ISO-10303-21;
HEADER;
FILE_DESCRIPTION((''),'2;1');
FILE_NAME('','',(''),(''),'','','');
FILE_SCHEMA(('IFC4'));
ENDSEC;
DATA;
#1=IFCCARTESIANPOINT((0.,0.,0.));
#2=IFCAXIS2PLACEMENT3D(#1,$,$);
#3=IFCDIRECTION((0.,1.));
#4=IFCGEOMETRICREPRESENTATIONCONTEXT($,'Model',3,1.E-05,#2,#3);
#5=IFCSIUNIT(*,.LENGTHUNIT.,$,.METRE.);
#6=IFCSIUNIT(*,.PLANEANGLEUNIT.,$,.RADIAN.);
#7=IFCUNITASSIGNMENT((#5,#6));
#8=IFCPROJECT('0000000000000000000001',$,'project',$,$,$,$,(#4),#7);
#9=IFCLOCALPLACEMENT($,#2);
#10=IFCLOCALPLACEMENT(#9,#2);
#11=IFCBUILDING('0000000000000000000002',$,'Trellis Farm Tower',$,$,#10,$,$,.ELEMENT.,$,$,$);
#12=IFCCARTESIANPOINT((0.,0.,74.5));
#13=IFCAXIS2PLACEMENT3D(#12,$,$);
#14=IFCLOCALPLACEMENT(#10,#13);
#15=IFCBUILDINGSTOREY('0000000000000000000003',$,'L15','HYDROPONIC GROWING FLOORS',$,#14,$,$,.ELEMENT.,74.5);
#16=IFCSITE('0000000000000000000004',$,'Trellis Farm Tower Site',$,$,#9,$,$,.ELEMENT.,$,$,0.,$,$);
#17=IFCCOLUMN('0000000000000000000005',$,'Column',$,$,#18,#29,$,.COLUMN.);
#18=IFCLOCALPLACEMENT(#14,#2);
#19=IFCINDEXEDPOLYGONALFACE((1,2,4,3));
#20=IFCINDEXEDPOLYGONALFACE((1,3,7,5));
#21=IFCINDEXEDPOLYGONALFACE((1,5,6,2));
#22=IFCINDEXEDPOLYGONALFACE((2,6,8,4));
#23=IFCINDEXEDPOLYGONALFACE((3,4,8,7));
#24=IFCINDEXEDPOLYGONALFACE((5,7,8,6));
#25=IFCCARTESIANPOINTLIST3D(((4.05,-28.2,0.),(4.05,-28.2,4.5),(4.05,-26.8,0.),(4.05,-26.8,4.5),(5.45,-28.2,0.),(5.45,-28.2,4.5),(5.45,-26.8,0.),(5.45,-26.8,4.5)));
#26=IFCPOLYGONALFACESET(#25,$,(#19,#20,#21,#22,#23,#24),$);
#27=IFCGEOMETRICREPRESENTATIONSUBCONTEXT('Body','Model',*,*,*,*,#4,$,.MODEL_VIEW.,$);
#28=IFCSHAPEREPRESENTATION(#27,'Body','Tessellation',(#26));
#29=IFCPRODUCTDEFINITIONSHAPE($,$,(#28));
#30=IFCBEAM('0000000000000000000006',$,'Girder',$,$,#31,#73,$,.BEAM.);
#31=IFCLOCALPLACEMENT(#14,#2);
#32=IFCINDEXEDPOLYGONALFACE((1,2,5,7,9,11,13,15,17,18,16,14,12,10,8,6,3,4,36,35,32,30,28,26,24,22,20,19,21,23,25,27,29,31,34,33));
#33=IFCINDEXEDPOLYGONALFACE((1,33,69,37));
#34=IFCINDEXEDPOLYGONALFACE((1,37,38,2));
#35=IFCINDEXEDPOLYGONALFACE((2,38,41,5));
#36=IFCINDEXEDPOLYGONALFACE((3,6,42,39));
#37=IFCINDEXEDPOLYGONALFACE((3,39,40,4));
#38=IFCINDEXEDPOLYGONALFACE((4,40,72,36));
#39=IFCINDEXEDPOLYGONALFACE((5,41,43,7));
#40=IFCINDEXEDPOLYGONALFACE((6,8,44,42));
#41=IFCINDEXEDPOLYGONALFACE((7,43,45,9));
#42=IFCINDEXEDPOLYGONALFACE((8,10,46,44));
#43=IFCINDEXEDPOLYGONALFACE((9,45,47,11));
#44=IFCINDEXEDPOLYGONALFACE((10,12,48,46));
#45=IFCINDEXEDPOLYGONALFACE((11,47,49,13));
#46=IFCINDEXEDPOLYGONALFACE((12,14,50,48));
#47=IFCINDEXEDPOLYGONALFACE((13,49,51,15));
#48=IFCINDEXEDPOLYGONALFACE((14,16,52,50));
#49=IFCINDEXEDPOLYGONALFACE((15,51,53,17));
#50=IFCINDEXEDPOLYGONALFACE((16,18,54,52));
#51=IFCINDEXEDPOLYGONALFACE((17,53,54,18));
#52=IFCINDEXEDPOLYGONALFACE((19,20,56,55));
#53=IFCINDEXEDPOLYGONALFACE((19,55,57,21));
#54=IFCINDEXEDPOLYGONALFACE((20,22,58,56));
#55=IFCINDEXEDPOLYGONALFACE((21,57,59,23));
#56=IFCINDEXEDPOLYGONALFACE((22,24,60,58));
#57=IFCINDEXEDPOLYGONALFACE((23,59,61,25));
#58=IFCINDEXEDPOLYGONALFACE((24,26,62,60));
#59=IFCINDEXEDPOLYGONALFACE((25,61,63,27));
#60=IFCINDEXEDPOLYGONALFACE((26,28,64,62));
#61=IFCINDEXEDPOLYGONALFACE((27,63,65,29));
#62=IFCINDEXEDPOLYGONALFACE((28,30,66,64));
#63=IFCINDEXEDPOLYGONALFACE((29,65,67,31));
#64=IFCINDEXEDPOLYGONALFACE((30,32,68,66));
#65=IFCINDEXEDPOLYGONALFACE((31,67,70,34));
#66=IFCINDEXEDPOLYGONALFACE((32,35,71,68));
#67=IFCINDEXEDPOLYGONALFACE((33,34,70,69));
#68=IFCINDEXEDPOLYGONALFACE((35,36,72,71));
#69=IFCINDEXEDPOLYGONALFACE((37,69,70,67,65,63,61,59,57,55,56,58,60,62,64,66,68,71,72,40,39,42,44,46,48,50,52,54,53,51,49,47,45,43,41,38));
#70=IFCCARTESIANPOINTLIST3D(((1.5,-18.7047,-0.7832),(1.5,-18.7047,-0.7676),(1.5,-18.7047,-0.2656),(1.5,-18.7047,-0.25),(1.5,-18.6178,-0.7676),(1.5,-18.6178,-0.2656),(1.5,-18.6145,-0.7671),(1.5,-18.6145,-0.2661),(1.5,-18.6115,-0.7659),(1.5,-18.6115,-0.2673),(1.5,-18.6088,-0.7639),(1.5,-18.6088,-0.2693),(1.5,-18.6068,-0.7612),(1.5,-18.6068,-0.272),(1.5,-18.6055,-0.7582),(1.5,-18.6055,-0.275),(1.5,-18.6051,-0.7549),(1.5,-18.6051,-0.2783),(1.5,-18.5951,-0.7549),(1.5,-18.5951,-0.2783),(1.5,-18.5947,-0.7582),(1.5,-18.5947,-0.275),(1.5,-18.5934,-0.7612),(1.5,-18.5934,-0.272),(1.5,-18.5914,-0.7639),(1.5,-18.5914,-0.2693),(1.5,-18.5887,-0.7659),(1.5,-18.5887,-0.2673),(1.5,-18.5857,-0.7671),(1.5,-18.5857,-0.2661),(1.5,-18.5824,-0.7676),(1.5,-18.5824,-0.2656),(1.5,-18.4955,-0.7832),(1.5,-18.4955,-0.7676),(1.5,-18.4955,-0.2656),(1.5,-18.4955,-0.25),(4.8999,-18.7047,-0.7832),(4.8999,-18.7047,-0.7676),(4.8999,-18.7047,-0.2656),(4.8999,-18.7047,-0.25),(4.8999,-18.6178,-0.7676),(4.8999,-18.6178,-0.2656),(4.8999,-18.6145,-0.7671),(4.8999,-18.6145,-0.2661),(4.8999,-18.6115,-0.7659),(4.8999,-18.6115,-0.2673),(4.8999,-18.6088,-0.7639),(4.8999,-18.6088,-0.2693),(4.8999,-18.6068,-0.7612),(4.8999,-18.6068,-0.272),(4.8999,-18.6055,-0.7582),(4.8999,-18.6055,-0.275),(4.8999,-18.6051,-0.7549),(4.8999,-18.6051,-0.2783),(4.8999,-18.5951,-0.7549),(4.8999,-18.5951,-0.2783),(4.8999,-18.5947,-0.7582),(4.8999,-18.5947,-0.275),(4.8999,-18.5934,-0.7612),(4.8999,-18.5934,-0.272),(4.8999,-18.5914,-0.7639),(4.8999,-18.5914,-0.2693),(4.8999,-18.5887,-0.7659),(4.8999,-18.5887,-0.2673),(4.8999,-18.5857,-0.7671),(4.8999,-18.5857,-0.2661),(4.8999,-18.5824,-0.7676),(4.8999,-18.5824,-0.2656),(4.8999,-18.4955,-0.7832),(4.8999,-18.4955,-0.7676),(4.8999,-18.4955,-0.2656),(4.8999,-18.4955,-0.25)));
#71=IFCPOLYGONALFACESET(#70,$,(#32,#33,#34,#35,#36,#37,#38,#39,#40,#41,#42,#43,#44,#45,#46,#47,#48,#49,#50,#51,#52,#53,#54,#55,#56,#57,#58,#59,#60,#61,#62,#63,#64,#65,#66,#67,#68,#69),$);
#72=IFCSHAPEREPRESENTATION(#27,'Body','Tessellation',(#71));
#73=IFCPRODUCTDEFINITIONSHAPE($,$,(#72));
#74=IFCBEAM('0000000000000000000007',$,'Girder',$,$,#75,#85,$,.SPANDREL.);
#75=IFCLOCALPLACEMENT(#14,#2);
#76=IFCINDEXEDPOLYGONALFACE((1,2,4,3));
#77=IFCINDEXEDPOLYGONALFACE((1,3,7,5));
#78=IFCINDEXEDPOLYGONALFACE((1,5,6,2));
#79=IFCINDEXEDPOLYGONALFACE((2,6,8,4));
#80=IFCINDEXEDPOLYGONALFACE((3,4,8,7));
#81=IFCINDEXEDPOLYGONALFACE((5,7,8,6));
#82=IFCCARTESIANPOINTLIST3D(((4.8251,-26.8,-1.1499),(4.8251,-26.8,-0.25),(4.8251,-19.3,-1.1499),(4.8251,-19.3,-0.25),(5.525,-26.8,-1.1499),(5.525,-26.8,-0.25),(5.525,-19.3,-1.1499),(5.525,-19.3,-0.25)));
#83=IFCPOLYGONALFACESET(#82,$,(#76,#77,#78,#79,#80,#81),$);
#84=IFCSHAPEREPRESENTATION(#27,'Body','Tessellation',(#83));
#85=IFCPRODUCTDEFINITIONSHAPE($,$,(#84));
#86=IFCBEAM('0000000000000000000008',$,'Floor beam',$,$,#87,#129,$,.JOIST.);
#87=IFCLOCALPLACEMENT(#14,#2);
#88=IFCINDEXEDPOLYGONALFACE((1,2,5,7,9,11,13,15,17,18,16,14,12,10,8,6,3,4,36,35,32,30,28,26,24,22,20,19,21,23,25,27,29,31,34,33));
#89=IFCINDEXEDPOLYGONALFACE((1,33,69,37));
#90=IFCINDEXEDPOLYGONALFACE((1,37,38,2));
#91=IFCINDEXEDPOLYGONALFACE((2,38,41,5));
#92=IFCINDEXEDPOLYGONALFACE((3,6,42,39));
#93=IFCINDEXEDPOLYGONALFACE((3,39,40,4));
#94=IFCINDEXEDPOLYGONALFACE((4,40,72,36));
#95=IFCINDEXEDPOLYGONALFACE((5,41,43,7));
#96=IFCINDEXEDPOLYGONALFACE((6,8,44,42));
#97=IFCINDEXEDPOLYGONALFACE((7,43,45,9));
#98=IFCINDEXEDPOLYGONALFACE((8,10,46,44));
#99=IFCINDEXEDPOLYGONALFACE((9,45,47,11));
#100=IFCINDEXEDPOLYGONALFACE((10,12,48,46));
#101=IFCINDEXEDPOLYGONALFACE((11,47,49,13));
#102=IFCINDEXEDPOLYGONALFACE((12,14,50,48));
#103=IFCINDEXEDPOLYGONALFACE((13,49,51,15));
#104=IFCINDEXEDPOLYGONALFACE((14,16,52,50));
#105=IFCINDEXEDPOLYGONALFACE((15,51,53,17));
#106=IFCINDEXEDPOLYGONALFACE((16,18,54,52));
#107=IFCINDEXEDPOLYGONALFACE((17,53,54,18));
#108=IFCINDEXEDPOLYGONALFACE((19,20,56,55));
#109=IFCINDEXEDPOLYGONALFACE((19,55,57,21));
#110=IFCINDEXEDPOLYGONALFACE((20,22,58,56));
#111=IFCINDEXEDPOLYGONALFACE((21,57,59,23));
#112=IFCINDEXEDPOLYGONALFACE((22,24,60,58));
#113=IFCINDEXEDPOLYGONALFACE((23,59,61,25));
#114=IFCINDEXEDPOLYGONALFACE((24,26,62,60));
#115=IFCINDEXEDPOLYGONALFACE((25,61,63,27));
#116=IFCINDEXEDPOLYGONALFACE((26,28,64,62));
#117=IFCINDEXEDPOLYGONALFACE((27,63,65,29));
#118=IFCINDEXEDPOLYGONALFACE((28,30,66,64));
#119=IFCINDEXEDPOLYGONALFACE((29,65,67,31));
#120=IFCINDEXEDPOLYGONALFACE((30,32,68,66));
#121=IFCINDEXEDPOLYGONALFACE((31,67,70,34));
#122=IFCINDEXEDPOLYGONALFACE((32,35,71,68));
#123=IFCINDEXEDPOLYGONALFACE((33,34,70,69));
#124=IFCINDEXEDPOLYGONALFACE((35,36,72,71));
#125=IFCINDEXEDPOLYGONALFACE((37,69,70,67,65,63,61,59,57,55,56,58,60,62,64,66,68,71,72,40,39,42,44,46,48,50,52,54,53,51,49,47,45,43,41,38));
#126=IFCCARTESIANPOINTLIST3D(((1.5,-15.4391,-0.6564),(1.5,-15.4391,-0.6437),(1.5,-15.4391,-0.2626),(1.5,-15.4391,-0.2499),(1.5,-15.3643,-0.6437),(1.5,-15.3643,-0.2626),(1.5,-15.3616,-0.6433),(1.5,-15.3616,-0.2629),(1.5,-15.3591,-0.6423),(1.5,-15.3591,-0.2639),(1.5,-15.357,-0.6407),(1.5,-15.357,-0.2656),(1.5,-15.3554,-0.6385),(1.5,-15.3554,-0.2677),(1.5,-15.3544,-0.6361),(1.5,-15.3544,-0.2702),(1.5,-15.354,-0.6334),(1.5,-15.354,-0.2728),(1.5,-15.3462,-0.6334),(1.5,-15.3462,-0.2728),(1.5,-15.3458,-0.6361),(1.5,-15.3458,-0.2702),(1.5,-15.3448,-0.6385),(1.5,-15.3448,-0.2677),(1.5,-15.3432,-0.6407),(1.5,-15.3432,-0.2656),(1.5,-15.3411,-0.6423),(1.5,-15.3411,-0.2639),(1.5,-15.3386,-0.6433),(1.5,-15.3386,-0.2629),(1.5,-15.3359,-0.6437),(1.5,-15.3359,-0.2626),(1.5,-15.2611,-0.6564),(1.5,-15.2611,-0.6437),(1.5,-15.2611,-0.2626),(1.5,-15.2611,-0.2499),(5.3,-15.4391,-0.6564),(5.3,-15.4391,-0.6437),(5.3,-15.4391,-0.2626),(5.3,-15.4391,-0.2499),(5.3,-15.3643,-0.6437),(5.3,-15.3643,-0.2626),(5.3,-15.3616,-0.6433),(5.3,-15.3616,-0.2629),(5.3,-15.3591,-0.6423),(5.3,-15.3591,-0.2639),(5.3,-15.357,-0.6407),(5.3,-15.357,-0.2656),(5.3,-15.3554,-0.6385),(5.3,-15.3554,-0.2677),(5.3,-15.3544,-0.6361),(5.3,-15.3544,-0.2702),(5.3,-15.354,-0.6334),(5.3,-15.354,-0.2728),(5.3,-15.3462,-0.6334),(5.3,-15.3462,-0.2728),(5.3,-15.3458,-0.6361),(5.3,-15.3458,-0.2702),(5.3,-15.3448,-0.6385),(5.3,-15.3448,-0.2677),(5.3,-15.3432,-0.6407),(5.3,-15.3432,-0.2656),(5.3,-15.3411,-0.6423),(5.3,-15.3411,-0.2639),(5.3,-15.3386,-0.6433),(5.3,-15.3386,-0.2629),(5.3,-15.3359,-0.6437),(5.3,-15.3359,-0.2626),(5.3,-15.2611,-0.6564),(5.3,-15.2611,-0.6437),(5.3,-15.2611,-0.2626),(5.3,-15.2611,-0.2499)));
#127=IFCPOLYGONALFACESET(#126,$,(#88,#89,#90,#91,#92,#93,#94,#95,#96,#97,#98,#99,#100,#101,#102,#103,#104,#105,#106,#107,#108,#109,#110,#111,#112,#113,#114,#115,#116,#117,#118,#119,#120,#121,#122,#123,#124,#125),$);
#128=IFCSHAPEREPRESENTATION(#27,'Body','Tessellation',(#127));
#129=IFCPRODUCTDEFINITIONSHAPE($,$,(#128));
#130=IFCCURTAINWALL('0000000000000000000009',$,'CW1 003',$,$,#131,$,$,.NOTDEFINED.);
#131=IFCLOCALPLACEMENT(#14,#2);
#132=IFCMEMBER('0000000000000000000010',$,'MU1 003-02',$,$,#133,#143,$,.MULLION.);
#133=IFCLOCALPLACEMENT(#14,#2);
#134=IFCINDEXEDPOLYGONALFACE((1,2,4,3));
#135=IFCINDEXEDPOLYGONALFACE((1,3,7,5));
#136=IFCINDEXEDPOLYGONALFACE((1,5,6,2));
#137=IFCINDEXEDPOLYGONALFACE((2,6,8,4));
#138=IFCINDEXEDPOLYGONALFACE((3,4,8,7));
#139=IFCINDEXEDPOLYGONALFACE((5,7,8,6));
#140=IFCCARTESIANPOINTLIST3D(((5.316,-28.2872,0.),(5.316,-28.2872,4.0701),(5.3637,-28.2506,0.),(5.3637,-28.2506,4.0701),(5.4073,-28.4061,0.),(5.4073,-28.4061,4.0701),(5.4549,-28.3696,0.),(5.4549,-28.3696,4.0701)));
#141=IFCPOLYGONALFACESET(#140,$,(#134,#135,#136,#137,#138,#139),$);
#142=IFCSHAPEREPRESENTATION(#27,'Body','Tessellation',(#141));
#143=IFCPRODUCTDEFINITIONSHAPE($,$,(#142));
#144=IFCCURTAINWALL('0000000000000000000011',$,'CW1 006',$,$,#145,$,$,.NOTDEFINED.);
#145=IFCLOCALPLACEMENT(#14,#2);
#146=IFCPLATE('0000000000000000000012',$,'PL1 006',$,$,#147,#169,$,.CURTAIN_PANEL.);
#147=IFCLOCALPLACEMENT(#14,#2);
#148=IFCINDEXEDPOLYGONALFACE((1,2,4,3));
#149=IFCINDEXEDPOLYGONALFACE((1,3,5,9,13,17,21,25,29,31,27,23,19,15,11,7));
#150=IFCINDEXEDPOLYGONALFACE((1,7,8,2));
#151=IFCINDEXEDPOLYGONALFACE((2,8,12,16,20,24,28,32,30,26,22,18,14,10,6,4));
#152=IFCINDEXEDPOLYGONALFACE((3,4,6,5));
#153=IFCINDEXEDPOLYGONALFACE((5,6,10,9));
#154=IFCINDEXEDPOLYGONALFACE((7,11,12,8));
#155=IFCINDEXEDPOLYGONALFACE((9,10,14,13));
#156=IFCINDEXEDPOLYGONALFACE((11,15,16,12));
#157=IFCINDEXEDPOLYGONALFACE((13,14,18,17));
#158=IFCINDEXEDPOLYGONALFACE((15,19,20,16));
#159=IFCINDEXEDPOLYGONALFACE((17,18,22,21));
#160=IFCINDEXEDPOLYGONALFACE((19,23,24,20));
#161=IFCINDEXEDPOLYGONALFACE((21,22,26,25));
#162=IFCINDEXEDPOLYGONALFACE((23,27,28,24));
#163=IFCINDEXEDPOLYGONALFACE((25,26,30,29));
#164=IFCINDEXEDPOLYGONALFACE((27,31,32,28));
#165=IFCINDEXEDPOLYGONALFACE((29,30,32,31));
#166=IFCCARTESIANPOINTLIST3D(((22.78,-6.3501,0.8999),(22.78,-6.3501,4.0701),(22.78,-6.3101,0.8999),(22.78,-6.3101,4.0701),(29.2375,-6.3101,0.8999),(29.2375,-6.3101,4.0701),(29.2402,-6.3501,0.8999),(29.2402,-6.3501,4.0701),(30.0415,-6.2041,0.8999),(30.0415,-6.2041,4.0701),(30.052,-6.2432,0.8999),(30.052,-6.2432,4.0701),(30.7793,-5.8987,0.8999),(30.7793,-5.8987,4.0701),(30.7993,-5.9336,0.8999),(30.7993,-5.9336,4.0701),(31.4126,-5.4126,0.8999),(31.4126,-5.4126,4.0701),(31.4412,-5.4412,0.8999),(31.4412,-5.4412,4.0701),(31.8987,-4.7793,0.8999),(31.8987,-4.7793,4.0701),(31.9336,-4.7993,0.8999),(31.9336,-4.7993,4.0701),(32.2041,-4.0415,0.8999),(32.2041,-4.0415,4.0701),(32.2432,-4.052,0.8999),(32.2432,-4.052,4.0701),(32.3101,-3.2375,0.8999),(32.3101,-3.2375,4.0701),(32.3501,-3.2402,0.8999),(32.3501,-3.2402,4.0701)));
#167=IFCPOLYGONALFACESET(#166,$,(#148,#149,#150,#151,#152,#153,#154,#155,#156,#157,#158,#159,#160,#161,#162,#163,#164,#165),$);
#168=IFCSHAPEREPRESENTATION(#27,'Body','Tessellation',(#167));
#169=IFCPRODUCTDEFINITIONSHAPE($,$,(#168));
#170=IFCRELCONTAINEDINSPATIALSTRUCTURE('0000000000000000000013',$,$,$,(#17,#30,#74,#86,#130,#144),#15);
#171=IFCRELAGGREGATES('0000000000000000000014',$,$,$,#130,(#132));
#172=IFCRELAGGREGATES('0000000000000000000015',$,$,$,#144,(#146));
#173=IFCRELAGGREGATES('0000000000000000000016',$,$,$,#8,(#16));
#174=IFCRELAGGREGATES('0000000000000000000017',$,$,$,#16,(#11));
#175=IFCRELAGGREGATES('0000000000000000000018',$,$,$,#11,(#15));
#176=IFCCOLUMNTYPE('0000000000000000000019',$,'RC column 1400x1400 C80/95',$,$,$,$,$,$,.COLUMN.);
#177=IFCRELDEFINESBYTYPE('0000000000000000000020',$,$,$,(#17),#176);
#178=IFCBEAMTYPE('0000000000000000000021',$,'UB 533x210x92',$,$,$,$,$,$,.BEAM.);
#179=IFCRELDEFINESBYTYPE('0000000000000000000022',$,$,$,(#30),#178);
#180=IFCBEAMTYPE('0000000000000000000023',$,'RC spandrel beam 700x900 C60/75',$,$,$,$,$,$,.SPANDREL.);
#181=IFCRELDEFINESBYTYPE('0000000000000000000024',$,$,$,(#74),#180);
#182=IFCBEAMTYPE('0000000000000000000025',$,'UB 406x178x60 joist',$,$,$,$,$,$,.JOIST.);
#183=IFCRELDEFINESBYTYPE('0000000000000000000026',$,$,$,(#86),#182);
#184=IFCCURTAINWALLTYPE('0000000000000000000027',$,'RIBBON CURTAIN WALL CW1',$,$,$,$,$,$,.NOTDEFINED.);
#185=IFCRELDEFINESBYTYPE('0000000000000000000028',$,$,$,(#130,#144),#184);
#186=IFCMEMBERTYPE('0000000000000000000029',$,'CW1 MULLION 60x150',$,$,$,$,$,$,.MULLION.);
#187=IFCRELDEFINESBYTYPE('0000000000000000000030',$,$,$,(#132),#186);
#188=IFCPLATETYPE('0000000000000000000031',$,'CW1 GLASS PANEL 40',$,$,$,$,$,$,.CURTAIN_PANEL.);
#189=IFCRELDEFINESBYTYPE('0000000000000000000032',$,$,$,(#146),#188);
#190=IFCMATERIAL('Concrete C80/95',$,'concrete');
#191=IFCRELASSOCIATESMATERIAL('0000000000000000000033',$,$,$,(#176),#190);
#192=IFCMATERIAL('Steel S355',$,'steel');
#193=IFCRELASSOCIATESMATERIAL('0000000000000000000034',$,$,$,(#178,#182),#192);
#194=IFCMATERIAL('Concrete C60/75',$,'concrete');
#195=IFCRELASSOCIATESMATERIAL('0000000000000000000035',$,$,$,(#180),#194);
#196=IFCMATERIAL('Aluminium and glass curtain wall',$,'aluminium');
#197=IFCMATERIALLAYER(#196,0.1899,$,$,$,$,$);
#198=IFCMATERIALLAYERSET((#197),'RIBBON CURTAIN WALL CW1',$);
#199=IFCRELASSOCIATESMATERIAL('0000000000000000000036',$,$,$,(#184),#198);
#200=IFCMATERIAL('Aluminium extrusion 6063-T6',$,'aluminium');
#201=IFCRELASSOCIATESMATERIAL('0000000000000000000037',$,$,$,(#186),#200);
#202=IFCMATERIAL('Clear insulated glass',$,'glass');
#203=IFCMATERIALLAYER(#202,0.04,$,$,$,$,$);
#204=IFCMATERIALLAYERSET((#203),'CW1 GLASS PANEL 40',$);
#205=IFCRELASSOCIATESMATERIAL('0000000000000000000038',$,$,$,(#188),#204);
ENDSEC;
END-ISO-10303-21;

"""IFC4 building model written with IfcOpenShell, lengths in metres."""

from ifc_helpers import new_model, si_unit, direction, frame, origin, origin_2d, place, context, subcontext, project, spatial, polyline, rectangle, i_section, outline, extrude, source, transform, mapped, material, layer, layer_set, material_profile, profile_set, type_object, element, aggregate, save


model = new_model("IFC4")

# Units and contexts
model_context = context("Model", 3, precision=1e-05, world=origin(), true_north=direction((0.0, 1.0)))
body_context = subcontext(model_context, "Body", "Model", "MODEL_VIEW")
ifc_project = project(units=[si_unit("LENGTHUNIT", "METRE"), si_unit("PLANEANGLEUNIT", "RADIAN")], contexts=[model_context])

# Site, building, storey
site_placement = place(None, origin())
site = spatial("IfcSite", under=ifc_project, at=site_placement, Name="Trellis Farm Tower Site", CompositionType="ELEMENT", RefElevation=0.0)
building_placement = place(site_placement, origin())
building = spatial("IfcBuilding", under=site, at=building_placement, Name="Trellis Farm Tower", CompositionType="ELEMENT")
storey_placement = place(building_placement, frame((0.0, 0.0, 74.5)))
storey = spatial("IfcBuildingStorey", under=building, at=storey_placement, Name="L15", Description="HYDROPONIC GROWING FLOORS", CompositionType="ELEMENT", Elevation=74.5)

# Column
ifc_material_1 = material(Name="Concrete C80/95", Category="concrete")
ifc_material_profile_1 = material_profile(ifc_material_1, rectangle(XDim=1.3999, YDim=1.3999, at=origin_2d()), Name="RC column 1400x1400 C80/95")
ifc_profile_set_1 = profile_set([ifc_material_profile_1], Name="Concrete C80/95")
column_type = type_object("IfcColumnType", Name="RC column 1400x1400 C80/95", PredefinedType="COLUMN", material=ifc_profile_set_1)
shared_shape_1 = source(origin(), body_context, "Body", "SweptSolid", [
    extrude(rectangle(XDim=1.3999, YDim=1.3999, at=origin_2d()), origin(), (0.0, 0.0, 1.0), 4.5),
])
column_placement = place(storey_placement, frame((4.75, -27.5, 0.0), z_axis=(0.0, 0.0, 1.0), x_axis=(1.0, 0.0, 0.0)))
element("IfcColumn", 1, at=column_placement, inside=storey, type_object=column_type, Name="Column", PredefinedType="COLUMN", context=body_context, shape_type="MappedRepresentation", body=[
    mapped(shared_shape_1, transform((0.0, 0.0, 0.0))),
])

# Beams
ifc_material_2 = material(Name="Steel S355", Category="steel")
ifc_material_profile_2 = material_profile(ifc_material_2, i_section(OverallWidth=0.2092, OverallDepth=0.5332, WebThickness=0.01, FlangeThickness=0.0156, FilletRadius=0.0127, at=origin_2d()), Name="UB 533x210x92")
ifc_profile_set_2 = profile_set([ifc_material_profile_2], Name="Steel S355")
beam_type_1 = type_object("IfcBeamType", Name="UB 533x210x92", PredefinedType="BEAM", material=ifc_profile_set_2)
shared_shape_2 = source(origin(), body_context, "Body", "SweptSolid", [
    extrude(i_section(OverallWidth=0.2092, OverallDepth=0.5332, WebThickness=0.01, FlangeThickness=0.0156, FilletRadius=0.0127, at=origin_2d()), origin(), (0.0, 0.0, 1.0), 3.3999),
])
beam_1_placement = place(storey_placement, frame((1.5, -18.6001, -0.5166), z_axis=(1.0, 0.0, 0.0), x_axis=(0.0, 1.0, 0.0)))
element("IfcBeam", 2, at=beam_1_placement, inside=storey, type_object=beam_type_1, Name="Girder", PredefinedType="BEAM", context=body_context, shape_type="MappedRepresentation", body=[
    mapped(shared_shape_2, transform((0.0, 0.0, 0.0))),
])
ifc_material_3 = material(Name="Concrete C60/75", Category="concrete")
ifc_material_profile_3 = material_profile(ifc_material_3, rectangle(XDim=0.7, YDim=0.8999, at=origin_2d()), Name="RC spandrel beam 700x900 C60/75")
ifc_profile_set_3 = profile_set([ifc_material_profile_3], Name="Concrete C60/75")
beam_type_2 = type_object("IfcBeamType", Name="RC spandrel beam 700x900 C60/75", PredefinedType="SPANDREL", material=ifc_profile_set_3)
shared_shape_3 = source(origin(), body_context, "Body", "SweptSolid", [
    extrude(rectangle(XDim=0.7, YDim=0.8999, at=origin_2d()), origin(), (0.0, 0.0, 1.0), 7.5),
])
beam_2_placement = place(storey_placement, frame((5.175, -26.8, -0.7), z_axis=(0.0, 1.0, 0.0), x_axis=(-1.0, 0.0, 0.0)))
element("IfcBeam", 3, at=beam_2_placement, inside=storey, type_object=beam_type_2, Name="Girder", PredefinedType="SPANDREL", context=body_context, shape_type="MappedRepresentation", body=[
    mapped(shared_shape_3, transform((0.0, 0.0, 0.0))),
])
ifc_material_profile_4 = material_profile(ifc_material_2, i_section(OverallWidth=0.178, OverallDepth=0.4065, WebThickness=0.0078, FlangeThickness=0.0127, FilletRadius=0.0103, at=origin_2d()), Name="UB 406x178x60")
ifc_profile_set_4 = profile_set([ifc_material_profile_4], Name="Steel S355")
beam_type_3 = type_object("IfcBeamType", Name="UB 406x178x60 joist", PredefinedType="JOIST", material=ifc_profile_set_4)
shared_shape_4 = source(origin(), body_context, "Body", "SweptSolid", [
    extrude(i_section(OverallWidth=0.178, OverallDepth=0.4065, WebThickness=0.0078, FlangeThickness=0.0127, FilletRadius=0.0103, at=origin_2d()), origin(), (0.0, 0.0, 1.0), 3.8),
])
beam_3_placement = place(storey_placement, frame((1.5, -15.3501, -0.4531), z_axis=(1.0, 0.0, 0.0), x_axis=(0.0, 1.0, 0.0)))
element("IfcBeam", 4, at=beam_3_placement, inside=storey, type_object=beam_type_3, Name="Floor beam", PredefinedType="JOIST", context=body_context, shape_type="MappedRepresentation", body=[
    mapped(shared_shape_4, transform((0.0, 0.0, 0.0))),
])

# Curtain wall, member
ifc_material_4 = material(Name="Aluminium and glass curtain wall", Category="aluminium")
ifc_layer_1 = layer(ifc_material_4, 0.1899)
ifc_layer_set_1 = layer_set([ifc_layer_1], Name="RIBBON CURTAIN WALL CW1")
curtain_wall_type = type_object("IfcCurtainWallType", Name="RIBBON CURTAIN WALL CW1", PredefinedType="NOTDEFINED", material=ifc_layer_set_1)
placement = place(storey_placement, origin())
curtain_wall_1 = element("IfcCurtainWall", 5, at=placement, inside=storey, type_object=curtain_wall_type, Name="CW1 003", PredefinedType="NOTDEFINED")
ifc_material_5 = material(Name="Aluminium extrusion 6063-T6", Category="aluminium")
ifc_material_profile_5 = material_profile(ifc_material_5, rectangle(XDim=0.0601, YDim=0.1499, at=origin_2d()), Name="MULLION 60x150")
ifc_profile_set_5 = profile_set([ifc_material_profile_5], Name="Aluminium extrusion 6063-T6")
member_type = type_object("IfcMemberType", Name="CW1 MULLION 60x150", PredefinedType="MULLION", material=ifc_profile_set_5)
shared_shape_5 = source(origin(), body_context, "Body", "SweptSolid", [
    extrude(rectangle(XDim=0.0601, YDim=0.1499, at=origin_2d()), origin(), (0.0, 0.0, 1.0), 4.0701),
])
member_placement = place(storey_placement, frame((5.3855, -28.3284, 0.0), z_axis=(0.0, 0.0, 1.0), x_axis=(0.793353, 0.608761, 0.0)))
member = element("IfcMember", 6, at=member_placement, type_object=member_type, Name="MU1 003-02", PredefinedType="MULLION", context=body_context, shape_type="MappedRepresentation", body=[
    mapped(shared_shape_5, transform((0.0, 0.0, 0.0))),
])
aggregate(curtain_wall_1, [member])

# Curtain wall, plate
curtain_wall_2 = element("IfcCurtainWall", 7, at=placement, inside=storey, type_object=curtain_wall_type, Name="CW1 006", PredefinedType="NOTDEFINED")
ifc_material_6 = material(Name="Clear insulated glass", Category="glass")
ifc_layer_2 = layer(ifc_material_6, 0.04)
ifc_layer_set_2 = layer_set([ifc_layer_2], Name="CW1 GLASS PANEL 40")
plate_type = type_object("IfcPlateType", Name="CW1 GLASS PANEL 40", PredefinedType="CURTAIN_PANEL", material=ifc_layer_set_2)
shared_shape_6 = source(origin(), body_context, "Body", "SweptSolid", [
    extrude(outline(polyline([(22.78, -6.3501), (29.2402, -6.3501), (30.052, -6.2432), (30.7993, -5.9336), (31.4412, -5.4412), (31.9336, -4.7993), (32.2432, -4.052), (32.3501, -3.2402), (32.3101, -3.2375), (32.2041, -4.0415), (31.8987, -4.7793), (31.4126, -5.4126), (30.7793, -5.8987), (30.0415, -6.2041), (29.2375, -6.3101), (22.78, -6.3101), (22.78, -6.3501)])), origin(), (0.0, 0.0, 1.0), 3.1702),
])
plate_placement = place(storey_placement, frame((0.0, 0.0, 0.8999)))
plate = element("IfcPlate", 8, at=plate_placement, type_object=plate_type, Name="PL1 006", PredefinedType="CURTAIN_PANEL", context=body_context, shape_type="MappedRepresentation", body=[
    mapped(shared_shape_6, transform((0.0, 0.0, 0.0))),
])
aggregate(curtain_wall_2, [plate])

save(model, "model.ifc")
